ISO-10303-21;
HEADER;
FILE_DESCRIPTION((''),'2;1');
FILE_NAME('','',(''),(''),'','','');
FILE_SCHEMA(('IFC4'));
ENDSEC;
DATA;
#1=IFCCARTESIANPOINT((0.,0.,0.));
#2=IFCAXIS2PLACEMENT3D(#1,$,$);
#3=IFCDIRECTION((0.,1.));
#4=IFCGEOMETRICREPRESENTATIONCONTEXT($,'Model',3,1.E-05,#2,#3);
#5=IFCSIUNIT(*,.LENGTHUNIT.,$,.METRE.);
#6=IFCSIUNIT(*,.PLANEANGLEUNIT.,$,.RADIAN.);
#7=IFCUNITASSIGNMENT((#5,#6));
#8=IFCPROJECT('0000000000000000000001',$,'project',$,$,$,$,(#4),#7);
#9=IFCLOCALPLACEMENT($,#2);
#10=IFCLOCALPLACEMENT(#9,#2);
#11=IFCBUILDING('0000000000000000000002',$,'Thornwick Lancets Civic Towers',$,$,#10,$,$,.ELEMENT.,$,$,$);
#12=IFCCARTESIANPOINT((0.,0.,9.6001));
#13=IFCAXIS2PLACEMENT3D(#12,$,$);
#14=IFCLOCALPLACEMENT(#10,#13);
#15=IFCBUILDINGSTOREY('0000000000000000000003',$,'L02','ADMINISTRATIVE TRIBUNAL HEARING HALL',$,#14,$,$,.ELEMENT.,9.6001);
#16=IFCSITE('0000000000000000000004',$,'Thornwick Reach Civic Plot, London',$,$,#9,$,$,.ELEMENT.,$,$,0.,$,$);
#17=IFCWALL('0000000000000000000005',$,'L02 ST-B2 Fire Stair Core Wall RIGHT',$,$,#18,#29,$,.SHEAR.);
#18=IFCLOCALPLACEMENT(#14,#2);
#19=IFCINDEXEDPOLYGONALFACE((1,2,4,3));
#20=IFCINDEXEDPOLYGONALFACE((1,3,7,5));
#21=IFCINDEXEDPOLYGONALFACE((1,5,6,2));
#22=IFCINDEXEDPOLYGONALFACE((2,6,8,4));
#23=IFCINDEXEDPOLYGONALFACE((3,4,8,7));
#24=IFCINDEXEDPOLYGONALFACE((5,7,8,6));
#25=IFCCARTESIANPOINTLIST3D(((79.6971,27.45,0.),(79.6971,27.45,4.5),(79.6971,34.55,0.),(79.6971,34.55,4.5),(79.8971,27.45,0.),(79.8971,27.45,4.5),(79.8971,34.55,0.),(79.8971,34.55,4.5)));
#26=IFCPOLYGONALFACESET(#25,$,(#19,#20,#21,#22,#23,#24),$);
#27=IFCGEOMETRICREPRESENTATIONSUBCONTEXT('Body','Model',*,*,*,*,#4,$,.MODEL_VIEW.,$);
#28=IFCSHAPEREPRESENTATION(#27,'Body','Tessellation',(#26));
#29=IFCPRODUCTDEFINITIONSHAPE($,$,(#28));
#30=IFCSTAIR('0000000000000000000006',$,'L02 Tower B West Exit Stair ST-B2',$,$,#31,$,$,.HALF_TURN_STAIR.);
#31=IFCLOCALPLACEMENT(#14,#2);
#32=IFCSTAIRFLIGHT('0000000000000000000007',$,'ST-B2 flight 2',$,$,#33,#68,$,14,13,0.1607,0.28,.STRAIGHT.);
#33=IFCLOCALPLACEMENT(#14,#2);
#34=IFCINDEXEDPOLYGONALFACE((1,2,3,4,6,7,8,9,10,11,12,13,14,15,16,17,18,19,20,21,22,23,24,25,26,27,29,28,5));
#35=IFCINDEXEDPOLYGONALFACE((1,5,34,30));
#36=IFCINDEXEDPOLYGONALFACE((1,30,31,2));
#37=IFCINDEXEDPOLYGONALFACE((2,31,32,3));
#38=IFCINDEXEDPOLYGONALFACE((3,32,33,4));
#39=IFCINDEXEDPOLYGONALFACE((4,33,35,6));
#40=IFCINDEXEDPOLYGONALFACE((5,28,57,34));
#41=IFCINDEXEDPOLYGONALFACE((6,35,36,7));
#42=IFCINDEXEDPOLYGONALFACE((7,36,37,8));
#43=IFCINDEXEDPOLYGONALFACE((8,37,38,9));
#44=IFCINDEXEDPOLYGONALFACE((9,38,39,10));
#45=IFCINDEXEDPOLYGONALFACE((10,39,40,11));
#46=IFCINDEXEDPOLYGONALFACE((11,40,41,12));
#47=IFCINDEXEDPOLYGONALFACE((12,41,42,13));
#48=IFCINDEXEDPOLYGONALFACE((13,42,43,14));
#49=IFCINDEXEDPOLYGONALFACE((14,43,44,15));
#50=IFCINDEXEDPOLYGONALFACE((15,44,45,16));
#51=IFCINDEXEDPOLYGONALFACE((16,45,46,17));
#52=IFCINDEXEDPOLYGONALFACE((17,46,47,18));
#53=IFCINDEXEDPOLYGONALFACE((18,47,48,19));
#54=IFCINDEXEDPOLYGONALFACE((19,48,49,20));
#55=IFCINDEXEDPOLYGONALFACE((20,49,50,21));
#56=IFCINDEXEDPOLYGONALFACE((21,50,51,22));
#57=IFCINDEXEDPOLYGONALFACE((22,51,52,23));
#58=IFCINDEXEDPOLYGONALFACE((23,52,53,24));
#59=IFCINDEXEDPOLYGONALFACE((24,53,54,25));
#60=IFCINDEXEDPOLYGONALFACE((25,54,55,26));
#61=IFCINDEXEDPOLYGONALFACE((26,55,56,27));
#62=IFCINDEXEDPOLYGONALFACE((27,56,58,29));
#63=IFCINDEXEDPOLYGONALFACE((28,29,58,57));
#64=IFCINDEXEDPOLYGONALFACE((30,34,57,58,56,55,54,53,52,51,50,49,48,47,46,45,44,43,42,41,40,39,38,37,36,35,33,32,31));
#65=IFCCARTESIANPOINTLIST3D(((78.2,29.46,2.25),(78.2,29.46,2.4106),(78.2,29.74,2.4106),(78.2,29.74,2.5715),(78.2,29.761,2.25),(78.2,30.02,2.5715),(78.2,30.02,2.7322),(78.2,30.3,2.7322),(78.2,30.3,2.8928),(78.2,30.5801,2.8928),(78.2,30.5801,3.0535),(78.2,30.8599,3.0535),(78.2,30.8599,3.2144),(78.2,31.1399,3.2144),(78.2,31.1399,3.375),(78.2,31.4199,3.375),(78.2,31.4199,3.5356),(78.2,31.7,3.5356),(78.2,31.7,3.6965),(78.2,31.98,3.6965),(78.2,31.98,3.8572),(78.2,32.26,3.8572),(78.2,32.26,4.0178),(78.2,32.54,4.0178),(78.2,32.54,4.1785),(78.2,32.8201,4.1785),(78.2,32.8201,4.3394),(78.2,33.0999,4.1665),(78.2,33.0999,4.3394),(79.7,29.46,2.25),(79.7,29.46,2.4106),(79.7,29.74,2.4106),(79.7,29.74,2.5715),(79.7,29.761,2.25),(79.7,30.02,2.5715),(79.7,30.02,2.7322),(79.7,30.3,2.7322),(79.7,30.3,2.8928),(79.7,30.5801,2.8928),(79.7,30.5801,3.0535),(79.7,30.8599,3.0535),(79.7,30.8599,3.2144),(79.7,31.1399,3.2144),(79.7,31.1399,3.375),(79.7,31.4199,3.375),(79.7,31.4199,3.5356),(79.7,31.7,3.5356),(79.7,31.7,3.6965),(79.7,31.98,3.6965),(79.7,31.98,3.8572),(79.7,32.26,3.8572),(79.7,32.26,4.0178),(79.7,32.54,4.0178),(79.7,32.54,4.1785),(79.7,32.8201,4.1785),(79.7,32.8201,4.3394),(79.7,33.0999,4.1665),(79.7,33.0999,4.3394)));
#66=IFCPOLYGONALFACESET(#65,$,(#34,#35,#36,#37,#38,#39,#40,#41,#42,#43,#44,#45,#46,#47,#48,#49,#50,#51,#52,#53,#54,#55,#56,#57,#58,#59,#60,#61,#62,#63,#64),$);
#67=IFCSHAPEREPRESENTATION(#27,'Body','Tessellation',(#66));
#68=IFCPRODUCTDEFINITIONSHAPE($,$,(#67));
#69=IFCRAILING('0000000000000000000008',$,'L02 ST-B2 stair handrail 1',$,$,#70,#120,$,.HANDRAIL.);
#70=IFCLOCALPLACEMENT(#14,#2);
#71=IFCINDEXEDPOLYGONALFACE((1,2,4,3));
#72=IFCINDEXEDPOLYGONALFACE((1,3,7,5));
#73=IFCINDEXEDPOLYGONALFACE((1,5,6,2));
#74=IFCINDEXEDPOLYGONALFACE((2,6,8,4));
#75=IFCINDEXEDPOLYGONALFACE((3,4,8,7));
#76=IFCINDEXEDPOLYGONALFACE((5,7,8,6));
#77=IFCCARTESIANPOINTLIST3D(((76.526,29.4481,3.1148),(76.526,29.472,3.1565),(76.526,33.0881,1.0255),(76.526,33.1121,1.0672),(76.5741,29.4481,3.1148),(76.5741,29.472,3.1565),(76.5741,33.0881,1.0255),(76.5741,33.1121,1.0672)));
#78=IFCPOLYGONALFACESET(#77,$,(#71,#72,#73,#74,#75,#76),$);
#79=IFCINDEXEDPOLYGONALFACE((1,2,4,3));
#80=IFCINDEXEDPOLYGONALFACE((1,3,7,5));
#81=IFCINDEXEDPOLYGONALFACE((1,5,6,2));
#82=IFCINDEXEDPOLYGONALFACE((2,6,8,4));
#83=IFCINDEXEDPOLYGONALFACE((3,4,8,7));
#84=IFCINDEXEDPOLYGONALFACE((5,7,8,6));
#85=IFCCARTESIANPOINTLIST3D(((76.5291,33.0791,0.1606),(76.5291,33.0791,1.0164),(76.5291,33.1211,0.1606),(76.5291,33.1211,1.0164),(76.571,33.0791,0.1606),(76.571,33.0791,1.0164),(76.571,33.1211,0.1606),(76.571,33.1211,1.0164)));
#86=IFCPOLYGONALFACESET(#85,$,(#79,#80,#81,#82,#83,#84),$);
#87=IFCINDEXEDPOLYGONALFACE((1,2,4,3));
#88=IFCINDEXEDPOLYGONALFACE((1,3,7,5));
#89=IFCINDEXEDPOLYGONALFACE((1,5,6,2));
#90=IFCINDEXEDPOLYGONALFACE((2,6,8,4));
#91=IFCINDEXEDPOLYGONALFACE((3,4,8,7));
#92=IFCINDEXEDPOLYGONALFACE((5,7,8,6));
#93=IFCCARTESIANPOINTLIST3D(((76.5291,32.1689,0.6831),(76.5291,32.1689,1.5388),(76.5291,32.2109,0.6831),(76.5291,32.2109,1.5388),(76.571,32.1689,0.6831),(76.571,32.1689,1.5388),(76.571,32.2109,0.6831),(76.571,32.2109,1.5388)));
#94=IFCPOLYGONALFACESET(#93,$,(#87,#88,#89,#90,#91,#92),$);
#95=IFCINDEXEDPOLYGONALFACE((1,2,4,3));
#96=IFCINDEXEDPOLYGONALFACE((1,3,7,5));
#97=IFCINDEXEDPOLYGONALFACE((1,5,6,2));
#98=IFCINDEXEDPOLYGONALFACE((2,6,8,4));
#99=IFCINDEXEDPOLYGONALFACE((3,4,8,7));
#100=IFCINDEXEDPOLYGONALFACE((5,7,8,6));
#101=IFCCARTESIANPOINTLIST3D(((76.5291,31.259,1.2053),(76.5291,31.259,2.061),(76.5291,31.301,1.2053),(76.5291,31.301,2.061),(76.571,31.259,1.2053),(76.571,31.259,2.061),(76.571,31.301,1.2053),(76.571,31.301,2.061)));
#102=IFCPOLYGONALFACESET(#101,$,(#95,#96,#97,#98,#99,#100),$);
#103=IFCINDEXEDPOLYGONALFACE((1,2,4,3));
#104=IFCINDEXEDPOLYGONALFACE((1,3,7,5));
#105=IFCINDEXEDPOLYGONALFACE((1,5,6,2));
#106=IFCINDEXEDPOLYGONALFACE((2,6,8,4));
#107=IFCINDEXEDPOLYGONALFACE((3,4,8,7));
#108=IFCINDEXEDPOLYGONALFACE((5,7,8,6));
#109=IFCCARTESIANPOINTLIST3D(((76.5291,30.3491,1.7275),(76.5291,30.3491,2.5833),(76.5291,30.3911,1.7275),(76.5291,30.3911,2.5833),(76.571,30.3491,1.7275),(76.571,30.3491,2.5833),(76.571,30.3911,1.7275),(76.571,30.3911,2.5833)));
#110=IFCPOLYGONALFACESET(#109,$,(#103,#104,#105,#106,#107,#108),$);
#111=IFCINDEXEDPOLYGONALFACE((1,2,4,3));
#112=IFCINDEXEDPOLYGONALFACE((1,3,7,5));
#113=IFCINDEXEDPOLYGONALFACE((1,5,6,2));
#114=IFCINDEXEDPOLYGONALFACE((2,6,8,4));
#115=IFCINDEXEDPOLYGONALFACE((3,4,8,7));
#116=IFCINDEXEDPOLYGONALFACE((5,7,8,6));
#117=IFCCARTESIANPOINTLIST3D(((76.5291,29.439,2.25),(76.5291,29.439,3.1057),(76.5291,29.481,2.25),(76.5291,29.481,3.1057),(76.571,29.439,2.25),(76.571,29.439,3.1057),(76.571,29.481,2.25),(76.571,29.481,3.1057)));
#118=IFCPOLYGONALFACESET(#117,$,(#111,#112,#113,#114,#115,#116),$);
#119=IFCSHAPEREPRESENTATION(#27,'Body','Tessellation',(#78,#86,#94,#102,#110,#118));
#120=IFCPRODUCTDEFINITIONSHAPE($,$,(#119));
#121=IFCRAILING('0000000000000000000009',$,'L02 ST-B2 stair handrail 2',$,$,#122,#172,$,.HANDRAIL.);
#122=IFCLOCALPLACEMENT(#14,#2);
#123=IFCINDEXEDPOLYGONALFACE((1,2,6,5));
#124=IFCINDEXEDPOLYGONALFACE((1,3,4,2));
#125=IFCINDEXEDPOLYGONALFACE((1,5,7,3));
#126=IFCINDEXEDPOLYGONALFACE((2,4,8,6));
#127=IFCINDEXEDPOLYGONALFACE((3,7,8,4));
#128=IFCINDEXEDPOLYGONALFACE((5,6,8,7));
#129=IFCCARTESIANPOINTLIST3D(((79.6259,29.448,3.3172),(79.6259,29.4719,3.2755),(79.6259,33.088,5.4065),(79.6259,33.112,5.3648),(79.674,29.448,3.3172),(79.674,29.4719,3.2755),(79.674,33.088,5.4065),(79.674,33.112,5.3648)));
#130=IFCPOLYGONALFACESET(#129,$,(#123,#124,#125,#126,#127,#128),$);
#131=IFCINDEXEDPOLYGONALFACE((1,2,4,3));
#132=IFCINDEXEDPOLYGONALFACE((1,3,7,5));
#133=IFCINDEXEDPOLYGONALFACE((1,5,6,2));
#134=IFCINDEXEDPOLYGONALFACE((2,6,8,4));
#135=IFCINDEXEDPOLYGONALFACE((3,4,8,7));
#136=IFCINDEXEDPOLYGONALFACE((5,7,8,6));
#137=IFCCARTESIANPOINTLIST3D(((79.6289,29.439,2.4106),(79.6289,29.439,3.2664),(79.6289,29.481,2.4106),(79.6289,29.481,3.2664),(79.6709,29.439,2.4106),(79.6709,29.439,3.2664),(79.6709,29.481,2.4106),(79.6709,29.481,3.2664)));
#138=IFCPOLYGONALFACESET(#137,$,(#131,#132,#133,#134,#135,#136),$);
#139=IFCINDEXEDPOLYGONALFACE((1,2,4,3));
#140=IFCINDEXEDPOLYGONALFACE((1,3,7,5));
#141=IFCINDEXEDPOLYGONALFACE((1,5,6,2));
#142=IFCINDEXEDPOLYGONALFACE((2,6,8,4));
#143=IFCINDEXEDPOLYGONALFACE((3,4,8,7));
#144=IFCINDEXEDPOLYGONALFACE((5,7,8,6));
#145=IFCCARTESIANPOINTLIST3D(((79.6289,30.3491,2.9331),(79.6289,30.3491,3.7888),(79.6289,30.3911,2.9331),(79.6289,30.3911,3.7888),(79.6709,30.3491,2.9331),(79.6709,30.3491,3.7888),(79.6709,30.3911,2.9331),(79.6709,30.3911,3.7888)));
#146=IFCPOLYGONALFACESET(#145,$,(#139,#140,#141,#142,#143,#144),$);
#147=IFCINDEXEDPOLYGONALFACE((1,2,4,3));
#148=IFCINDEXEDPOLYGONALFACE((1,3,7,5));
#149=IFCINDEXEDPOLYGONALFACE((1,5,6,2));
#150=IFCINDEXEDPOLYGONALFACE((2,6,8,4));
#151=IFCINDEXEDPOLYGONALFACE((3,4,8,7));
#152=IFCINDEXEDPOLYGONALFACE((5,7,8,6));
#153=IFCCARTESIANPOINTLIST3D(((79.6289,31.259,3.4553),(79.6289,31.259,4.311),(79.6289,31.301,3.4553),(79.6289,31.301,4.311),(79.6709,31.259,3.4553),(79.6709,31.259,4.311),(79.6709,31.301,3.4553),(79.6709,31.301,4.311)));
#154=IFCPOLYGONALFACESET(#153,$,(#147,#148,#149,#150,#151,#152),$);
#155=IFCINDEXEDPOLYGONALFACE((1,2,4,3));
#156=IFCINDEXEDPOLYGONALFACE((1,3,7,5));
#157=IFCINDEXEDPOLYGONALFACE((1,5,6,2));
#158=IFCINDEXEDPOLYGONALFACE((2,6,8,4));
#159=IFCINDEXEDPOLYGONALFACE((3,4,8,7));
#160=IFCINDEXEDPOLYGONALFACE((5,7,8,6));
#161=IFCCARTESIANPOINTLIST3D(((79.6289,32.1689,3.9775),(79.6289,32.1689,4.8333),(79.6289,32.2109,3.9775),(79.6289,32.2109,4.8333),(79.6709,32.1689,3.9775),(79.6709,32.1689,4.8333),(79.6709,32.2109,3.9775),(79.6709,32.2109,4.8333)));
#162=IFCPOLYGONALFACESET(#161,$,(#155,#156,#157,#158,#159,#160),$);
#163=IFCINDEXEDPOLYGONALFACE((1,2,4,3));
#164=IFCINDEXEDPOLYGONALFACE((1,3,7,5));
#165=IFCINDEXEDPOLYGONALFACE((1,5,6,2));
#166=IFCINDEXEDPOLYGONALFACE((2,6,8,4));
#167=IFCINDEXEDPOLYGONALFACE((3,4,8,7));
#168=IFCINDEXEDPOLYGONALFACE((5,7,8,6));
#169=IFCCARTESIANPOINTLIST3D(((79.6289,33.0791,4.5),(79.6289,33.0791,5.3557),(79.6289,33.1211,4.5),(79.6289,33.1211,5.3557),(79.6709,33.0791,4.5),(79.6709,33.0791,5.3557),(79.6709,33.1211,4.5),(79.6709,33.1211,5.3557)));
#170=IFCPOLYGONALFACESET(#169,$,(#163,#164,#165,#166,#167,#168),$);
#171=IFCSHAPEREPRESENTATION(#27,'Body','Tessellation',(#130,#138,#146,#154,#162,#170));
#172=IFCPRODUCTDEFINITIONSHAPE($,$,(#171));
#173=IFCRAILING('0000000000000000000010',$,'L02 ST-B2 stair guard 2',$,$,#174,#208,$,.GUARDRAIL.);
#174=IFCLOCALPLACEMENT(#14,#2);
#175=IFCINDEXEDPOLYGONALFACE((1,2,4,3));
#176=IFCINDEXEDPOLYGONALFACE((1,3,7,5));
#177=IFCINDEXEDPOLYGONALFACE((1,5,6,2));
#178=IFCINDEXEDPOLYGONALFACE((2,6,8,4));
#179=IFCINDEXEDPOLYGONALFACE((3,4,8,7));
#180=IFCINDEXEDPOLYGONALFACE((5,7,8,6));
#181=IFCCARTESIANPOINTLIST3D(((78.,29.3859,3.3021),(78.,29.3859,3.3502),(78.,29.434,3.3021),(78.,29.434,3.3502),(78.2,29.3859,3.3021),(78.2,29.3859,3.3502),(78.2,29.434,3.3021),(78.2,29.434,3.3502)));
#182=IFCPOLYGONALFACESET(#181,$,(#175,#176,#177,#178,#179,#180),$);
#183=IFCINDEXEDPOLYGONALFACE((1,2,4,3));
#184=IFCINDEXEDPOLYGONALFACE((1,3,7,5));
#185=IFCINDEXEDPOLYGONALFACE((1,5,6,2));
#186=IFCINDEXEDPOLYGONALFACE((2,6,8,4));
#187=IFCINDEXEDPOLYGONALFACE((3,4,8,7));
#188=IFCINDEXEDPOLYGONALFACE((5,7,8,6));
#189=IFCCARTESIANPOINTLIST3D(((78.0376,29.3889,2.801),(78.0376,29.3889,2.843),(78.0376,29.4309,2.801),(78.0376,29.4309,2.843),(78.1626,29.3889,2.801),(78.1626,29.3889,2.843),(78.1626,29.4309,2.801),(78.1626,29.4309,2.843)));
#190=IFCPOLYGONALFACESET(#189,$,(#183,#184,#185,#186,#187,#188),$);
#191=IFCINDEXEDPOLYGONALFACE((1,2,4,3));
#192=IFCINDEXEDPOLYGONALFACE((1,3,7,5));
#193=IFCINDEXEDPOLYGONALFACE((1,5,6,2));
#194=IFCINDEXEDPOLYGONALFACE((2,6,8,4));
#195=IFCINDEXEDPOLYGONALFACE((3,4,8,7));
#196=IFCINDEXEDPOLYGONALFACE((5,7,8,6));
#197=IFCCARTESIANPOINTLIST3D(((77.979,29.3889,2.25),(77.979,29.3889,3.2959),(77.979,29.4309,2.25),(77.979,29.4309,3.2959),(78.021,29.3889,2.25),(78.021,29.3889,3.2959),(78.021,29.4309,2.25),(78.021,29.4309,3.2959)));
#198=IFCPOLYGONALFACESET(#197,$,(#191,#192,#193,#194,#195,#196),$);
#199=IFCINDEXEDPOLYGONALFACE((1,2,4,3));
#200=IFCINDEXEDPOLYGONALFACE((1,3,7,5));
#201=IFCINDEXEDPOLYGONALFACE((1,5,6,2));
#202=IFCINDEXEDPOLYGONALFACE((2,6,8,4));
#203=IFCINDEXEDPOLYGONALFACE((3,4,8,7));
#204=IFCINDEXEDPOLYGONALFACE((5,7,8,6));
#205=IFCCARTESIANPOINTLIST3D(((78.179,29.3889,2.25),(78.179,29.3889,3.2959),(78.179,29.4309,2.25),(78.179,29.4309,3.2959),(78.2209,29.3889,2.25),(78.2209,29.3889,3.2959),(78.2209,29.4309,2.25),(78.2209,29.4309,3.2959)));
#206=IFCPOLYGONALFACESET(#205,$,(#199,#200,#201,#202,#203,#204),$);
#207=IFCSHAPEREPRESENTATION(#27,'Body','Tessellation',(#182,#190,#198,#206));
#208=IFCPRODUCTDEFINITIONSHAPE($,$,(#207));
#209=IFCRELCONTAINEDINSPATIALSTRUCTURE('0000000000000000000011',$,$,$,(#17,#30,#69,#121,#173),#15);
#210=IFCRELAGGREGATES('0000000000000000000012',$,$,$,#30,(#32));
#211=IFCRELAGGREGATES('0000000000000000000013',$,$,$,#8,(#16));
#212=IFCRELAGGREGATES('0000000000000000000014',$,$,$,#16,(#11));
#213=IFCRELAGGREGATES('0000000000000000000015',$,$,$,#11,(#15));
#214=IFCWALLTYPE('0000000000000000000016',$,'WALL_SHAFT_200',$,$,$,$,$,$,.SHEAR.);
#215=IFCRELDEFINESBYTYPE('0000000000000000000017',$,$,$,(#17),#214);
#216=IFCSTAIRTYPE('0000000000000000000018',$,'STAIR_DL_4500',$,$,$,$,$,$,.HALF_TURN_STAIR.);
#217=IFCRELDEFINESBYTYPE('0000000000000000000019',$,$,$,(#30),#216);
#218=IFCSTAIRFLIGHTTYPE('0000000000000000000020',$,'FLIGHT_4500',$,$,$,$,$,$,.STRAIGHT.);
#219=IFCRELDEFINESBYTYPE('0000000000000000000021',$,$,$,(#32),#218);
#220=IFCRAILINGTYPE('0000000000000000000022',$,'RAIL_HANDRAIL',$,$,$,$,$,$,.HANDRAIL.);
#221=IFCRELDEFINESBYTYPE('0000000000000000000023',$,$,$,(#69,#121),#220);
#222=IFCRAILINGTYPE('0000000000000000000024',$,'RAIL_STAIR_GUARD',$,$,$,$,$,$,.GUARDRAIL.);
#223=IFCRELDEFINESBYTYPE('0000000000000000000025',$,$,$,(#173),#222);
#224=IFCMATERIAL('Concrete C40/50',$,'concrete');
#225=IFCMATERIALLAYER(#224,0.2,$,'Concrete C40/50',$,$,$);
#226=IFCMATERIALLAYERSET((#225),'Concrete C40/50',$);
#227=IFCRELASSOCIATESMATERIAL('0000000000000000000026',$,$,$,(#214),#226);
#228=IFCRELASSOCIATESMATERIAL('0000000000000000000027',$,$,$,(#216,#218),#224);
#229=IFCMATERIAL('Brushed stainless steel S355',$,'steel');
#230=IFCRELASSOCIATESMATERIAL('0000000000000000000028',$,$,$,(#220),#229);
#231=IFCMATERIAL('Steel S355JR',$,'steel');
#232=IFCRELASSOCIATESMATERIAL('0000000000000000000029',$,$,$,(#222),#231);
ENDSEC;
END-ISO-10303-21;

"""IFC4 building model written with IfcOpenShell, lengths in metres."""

from ifc_helpers import new_model, si_unit, direction, frame, frame_2d, origin, origin_2d, place, context, subcontext, project, spatial, polyline, rectangle, outline, extrude, material, layer, layer_set, type_object, element, aggregate, save


model = new_model("IFC4")

# Units and contexts
model_context = context("Model", 3, precision=1e-05, world=origin(), true_north=direction((0.0, 1.0)))
body_context = subcontext(model_context, "Body", "Model", "MODEL_VIEW")
ifc_project = project(units=[si_unit("LENGTHUNIT", "METRE"), si_unit("PLANEANGLEUNIT", "RADIAN")], contexts=[model_context])

# Site, building, storey
site_placement = place(None, origin())
site = spatial("IfcSite", under=ifc_project, at=site_placement, Name="Thornwick Reach Civic Plot, London", CompositionType="ELEMENT", RefElevation=0.0)
building_placement = place(site_placement, origin())
building = spatial("IfcBuilding", under=site, at=building_placement, Name="Thornwick Lancets Civic Towers", CompositionType="ELEMENT")
storey_placement = place(building_placement, frame((0.0, 0.0, 9.6001)))
storey = spatial("IfcBuildingStorey", under=building, at=storey_placement, Name="L02", Description="ADMINISTRATIVE TRIBUNAL HEARING HALL", CompositionType="ELEMENT", Elevation=9.6001)

# Shared definitions
ifc_material_1 = material(Name="Steel S355JR", Category="steel")
ifc_material_2 = material(Name="Concrete C40/50", Category="concrete")

# Wall
ifc_layer_1 = layer(ifc_material_2, 0.2, Name="Concrete C40/50")
ifc_layer_set_1 = layer_set([ifc_layer_1], Name="Concrete C40/50")
wall_type_1 = type_object("IfcWallType", Name="WALL_SHAFT_200", PredefinedType="SHEAR", material=ifc_layer_set_1)
wall_1_placement = place(storey_placement, frame((79.7971, 27.45, 0.0), z_axis=(0.0, 0.0, 1.0), x_axis=(0.0, 1.0, 0.0)))
element("IfcWall", 1, at=wall_1_placement, inside=storey, type_object=wall_type_1, Name="L02 ST-B2 Fire Stair Core Wall RIGHT", PredefinedType="SHEAR", context=body_context, shape_type="SweptSolid", body=[
    extrude(rectangle(XDim=7.1001, YDim=0.2, at=frame_2d((3.55, 0.0))), origin(), (0.0, 0.0, 1.0), 4.5),
])

# Stair, stair flight
stair_type = type_object("IfcStairType", Name="STAIR_DL_4500", PredefinedType="HALF_TURN_STAIR", material=ifc_material_2)
stair_placement = place(storey_placement, origin())
stair = element("IfcStair", 2, at=stair_placement, inside=storey, type_object=stair_type, Name="L02 Tower B West Exit Stair ST-B2", PredefinedType="HALF_TURN_STAIR")
stair_flight_type = type_object("IfcStairFlightType", Name="FLIGHT_4500", PredefinedType="STRAIGHT", material=ifc_material_2)
stair_flight_placement = place(storey_placement, frame((78.95, 29.46, 2.25), z_axis=(0.0, 0.0, 1.0), x_axis=(0.0, 1.0, 0.0)))
stair_flight = element("IfcStairFlight", 3, at=stair_flight_placement, type_object=stair_flight_type, Name="ST-B2 flight 2", NumberOfRisers=14, NumberOfTreads=13, PredefinedType="STRAIGHT", RiserHeight=0.1607, TreadLength=0.28, context=body_context, shape_type="SweptSolid", body=[
    extrude(outline(polyline([(0.0, 0.0), (0.0, 0.1606), (0.28, 0.1606), (0.28, 0.3215), (0.5601, 0.3215), (0.5601, 0.4822), (0.8401, 0.4822), (0.8401, 0.6428), (1.1201, 0.6428), (1.1201, 0.8035), (1.3999, 0.8035), (1.3999, 0.9644), (1.6799, 0.9644), (1.6799, 1.125), (1.96, 1.125), (1.96, 1.2856), (2.24, 1.2856), (2.24, 1.4465), (2.52, 1.4465), (2.52, 1.6072), (2.8, 1.6072), (2.8, 1.7678), (3.0801, 1.7678), (3.0801, 1.9285), (3.3601, 1.9285), (3.3601, 2.0894), (3.6399, 2.0894), (3.6399, 2.25), (3.6399, 1.9165), (0.301, 0.0), (0.0, 0.0)])), frame((0.0, 0.75, 0.0), z_axis=(0.0, -1.0, 0.0), x_axis=(1.0, 0.0, 0.0)), (0.0, 0.0, 1.0), 1.5),
])
aggregate(stair, [stair_flight])

# Railings
ifc_material_3 = material(Name="Brushed stainless steel S355", Category="steel")
railing_type_1 = type_object("IfcRailingType", Name="RAIL_HANDRAIL", PredefinedType="HANDRAIL", material=ifc_material_3)
railing_1_placement = place(storey_placement, frame((76.55, 33.1001, 0.1606)))
element("IfcRailing", 4, at=railing_1_placement, inside=storey, type_object=railing_type_1, Name="L02 ST-B2 stair handrail 1", PredefinedType="HANDRAIL", context=body_context, shape_type="SweptSolid", body=[
    extrude(rectangle(XDim=0.0481, YDim=0.0481, at=origin_2d()), frame((0.0, 0.0, 0.8857), z_axis=(0.0, -0.867289, 0.497804), x_axis=(1.0, 0.0, 0.0)), (0.0, 0.0, 1.0), 4.197),
    extrude(rectangle(XDim=0.042, YDim=0.042, at=origin_2d()), origin(), (0.0, 0.0, 1.0), 0.8557),
    extrude(rectangle(XDim=0.042, YDim=0.042, at=origin_2d()), frame((0.0, -0.9102, 0.5225)), (0.0, 0.0, 1.0), 0.8557),
    extrude(rectangle(XDim=0.042, YDim=0.042, at=origin_2d()), frame((0.0, -1.8201, 1.0447)), (0.0, 0.0, 1.0), 0.8557),
    extrude(rectangle(XDim=0.042, YDim=0.042, at=origin_2d()), frame((0.0, -2.73, 1.5669)), (0.0, 0.0, 1.0), 0.8557),
    extrude(rectangle(XDim=0.042, YDim=0.042, at=origin_2d()), frame((0.0, -3.6401, 2.0894)), (0.0, 0.0, 1.0), 0.8557),
])
railing_2_placement = place(storey_placement, frame((79.6499, 29.46, 2.4106)))
element("IfcRailing", 5, at=railing_2_placement, inside=storey, type_object=railing_type_1, Name="L02 ST-B2 stair handrail 2", PredefinedType="HANDRAIL", context=body_context, shape_type="SweptSolid", body=[
    extrude(rectangle(XDim=0.0481, YDim=0.0481, at=origin_2d()), frame((0.0, 0.0, 0.8857), z_axis=(0.0, 0.867289, 0.497804), x_axis=(-1.0, 0.0, 0.0)), (0.0, 0.0, 1.0), 4.197),
    extrude(rectangle(XDim=0.042, YDim=0.042, at=origin_2d()), origin(), (0.0, 0.0, 1.0), 0.8557),
    extrude(rectangle(XDim=0.042, YDim=0.042, at=origin_2d()), frame((0.0, 0.9102, 0.5225)), (0.0, 0.0, 1.0), 0.8557),
    extrude(rectangle(XDim=0.042, YDim=0.042, at=origin_2d()), frame((0.0, 1.8201, 1.0447)), (0.0, 0.0, 1.0), 0.8557),
    extrude(rectangle(XDim=0.042, YDim=0.042, at=origin_2d()), frame((0.0, 2.73, 1.5669)), (0.0, 0.0, 1.0), 0.8557),
    extrude(rectangle(XDim=0.042, YDim=0.042, at=origin_2d()), frame((0.0, 3.6401, 2.0894)), (0.0, 0.0, 1.0), 0.8557),
])
railing_type_2 = type_object("IfcRailingType", Name="RAIL_STAIR_GUARD", PredefinedType="GUARDRAIL", material=ifc_material_1)
railing_3_placement = place(storey_placement, frame((78.0, 29.4099, 2.25)))
element("IfcRailing", 6, at=railing_3_placement, inside=storey, type_object=railing_type_2, Name="L02 ST-B2 stair guard 2", PredefinedType="GUARDRAIL", context=body_context, shape_type="SweptSolid", body=[
    extrude(rectangle(XDim=0.0481, YDim=0.0481, at=origin_2d()), frame((0.0, 0.0, 1.0762), z_axis=(1.0, 0.0, 0.0), x_axis=(0.0, 1.0, 0.0)), (0.0, 0.0, 1.0), 0.2),
    extrude(rectangle(XDim=0.042, YDim=0.042, at=origin_2d()), frame((0.0376, 0.0, 0.572), z_axis=(1.0, 0.0, 0.0), x_axis=(0.0, 1.0, 0.0)), (0.0, 0.0, 1.0), 0.125),
    extrude(rectangle(XDim=0.042, YDim=0.042, at=origin_2d()), origin(), (0.0, 0.0, 1.0), 1.0459),
    extrude(rectangle(XDim=0.042, YDim=0.042, at=origin_2d()), frame((0.2, 0.0, 0.0)), (0.0, 0.0, 1.0), 1.0459),
])

save(model, "model.ifc")
